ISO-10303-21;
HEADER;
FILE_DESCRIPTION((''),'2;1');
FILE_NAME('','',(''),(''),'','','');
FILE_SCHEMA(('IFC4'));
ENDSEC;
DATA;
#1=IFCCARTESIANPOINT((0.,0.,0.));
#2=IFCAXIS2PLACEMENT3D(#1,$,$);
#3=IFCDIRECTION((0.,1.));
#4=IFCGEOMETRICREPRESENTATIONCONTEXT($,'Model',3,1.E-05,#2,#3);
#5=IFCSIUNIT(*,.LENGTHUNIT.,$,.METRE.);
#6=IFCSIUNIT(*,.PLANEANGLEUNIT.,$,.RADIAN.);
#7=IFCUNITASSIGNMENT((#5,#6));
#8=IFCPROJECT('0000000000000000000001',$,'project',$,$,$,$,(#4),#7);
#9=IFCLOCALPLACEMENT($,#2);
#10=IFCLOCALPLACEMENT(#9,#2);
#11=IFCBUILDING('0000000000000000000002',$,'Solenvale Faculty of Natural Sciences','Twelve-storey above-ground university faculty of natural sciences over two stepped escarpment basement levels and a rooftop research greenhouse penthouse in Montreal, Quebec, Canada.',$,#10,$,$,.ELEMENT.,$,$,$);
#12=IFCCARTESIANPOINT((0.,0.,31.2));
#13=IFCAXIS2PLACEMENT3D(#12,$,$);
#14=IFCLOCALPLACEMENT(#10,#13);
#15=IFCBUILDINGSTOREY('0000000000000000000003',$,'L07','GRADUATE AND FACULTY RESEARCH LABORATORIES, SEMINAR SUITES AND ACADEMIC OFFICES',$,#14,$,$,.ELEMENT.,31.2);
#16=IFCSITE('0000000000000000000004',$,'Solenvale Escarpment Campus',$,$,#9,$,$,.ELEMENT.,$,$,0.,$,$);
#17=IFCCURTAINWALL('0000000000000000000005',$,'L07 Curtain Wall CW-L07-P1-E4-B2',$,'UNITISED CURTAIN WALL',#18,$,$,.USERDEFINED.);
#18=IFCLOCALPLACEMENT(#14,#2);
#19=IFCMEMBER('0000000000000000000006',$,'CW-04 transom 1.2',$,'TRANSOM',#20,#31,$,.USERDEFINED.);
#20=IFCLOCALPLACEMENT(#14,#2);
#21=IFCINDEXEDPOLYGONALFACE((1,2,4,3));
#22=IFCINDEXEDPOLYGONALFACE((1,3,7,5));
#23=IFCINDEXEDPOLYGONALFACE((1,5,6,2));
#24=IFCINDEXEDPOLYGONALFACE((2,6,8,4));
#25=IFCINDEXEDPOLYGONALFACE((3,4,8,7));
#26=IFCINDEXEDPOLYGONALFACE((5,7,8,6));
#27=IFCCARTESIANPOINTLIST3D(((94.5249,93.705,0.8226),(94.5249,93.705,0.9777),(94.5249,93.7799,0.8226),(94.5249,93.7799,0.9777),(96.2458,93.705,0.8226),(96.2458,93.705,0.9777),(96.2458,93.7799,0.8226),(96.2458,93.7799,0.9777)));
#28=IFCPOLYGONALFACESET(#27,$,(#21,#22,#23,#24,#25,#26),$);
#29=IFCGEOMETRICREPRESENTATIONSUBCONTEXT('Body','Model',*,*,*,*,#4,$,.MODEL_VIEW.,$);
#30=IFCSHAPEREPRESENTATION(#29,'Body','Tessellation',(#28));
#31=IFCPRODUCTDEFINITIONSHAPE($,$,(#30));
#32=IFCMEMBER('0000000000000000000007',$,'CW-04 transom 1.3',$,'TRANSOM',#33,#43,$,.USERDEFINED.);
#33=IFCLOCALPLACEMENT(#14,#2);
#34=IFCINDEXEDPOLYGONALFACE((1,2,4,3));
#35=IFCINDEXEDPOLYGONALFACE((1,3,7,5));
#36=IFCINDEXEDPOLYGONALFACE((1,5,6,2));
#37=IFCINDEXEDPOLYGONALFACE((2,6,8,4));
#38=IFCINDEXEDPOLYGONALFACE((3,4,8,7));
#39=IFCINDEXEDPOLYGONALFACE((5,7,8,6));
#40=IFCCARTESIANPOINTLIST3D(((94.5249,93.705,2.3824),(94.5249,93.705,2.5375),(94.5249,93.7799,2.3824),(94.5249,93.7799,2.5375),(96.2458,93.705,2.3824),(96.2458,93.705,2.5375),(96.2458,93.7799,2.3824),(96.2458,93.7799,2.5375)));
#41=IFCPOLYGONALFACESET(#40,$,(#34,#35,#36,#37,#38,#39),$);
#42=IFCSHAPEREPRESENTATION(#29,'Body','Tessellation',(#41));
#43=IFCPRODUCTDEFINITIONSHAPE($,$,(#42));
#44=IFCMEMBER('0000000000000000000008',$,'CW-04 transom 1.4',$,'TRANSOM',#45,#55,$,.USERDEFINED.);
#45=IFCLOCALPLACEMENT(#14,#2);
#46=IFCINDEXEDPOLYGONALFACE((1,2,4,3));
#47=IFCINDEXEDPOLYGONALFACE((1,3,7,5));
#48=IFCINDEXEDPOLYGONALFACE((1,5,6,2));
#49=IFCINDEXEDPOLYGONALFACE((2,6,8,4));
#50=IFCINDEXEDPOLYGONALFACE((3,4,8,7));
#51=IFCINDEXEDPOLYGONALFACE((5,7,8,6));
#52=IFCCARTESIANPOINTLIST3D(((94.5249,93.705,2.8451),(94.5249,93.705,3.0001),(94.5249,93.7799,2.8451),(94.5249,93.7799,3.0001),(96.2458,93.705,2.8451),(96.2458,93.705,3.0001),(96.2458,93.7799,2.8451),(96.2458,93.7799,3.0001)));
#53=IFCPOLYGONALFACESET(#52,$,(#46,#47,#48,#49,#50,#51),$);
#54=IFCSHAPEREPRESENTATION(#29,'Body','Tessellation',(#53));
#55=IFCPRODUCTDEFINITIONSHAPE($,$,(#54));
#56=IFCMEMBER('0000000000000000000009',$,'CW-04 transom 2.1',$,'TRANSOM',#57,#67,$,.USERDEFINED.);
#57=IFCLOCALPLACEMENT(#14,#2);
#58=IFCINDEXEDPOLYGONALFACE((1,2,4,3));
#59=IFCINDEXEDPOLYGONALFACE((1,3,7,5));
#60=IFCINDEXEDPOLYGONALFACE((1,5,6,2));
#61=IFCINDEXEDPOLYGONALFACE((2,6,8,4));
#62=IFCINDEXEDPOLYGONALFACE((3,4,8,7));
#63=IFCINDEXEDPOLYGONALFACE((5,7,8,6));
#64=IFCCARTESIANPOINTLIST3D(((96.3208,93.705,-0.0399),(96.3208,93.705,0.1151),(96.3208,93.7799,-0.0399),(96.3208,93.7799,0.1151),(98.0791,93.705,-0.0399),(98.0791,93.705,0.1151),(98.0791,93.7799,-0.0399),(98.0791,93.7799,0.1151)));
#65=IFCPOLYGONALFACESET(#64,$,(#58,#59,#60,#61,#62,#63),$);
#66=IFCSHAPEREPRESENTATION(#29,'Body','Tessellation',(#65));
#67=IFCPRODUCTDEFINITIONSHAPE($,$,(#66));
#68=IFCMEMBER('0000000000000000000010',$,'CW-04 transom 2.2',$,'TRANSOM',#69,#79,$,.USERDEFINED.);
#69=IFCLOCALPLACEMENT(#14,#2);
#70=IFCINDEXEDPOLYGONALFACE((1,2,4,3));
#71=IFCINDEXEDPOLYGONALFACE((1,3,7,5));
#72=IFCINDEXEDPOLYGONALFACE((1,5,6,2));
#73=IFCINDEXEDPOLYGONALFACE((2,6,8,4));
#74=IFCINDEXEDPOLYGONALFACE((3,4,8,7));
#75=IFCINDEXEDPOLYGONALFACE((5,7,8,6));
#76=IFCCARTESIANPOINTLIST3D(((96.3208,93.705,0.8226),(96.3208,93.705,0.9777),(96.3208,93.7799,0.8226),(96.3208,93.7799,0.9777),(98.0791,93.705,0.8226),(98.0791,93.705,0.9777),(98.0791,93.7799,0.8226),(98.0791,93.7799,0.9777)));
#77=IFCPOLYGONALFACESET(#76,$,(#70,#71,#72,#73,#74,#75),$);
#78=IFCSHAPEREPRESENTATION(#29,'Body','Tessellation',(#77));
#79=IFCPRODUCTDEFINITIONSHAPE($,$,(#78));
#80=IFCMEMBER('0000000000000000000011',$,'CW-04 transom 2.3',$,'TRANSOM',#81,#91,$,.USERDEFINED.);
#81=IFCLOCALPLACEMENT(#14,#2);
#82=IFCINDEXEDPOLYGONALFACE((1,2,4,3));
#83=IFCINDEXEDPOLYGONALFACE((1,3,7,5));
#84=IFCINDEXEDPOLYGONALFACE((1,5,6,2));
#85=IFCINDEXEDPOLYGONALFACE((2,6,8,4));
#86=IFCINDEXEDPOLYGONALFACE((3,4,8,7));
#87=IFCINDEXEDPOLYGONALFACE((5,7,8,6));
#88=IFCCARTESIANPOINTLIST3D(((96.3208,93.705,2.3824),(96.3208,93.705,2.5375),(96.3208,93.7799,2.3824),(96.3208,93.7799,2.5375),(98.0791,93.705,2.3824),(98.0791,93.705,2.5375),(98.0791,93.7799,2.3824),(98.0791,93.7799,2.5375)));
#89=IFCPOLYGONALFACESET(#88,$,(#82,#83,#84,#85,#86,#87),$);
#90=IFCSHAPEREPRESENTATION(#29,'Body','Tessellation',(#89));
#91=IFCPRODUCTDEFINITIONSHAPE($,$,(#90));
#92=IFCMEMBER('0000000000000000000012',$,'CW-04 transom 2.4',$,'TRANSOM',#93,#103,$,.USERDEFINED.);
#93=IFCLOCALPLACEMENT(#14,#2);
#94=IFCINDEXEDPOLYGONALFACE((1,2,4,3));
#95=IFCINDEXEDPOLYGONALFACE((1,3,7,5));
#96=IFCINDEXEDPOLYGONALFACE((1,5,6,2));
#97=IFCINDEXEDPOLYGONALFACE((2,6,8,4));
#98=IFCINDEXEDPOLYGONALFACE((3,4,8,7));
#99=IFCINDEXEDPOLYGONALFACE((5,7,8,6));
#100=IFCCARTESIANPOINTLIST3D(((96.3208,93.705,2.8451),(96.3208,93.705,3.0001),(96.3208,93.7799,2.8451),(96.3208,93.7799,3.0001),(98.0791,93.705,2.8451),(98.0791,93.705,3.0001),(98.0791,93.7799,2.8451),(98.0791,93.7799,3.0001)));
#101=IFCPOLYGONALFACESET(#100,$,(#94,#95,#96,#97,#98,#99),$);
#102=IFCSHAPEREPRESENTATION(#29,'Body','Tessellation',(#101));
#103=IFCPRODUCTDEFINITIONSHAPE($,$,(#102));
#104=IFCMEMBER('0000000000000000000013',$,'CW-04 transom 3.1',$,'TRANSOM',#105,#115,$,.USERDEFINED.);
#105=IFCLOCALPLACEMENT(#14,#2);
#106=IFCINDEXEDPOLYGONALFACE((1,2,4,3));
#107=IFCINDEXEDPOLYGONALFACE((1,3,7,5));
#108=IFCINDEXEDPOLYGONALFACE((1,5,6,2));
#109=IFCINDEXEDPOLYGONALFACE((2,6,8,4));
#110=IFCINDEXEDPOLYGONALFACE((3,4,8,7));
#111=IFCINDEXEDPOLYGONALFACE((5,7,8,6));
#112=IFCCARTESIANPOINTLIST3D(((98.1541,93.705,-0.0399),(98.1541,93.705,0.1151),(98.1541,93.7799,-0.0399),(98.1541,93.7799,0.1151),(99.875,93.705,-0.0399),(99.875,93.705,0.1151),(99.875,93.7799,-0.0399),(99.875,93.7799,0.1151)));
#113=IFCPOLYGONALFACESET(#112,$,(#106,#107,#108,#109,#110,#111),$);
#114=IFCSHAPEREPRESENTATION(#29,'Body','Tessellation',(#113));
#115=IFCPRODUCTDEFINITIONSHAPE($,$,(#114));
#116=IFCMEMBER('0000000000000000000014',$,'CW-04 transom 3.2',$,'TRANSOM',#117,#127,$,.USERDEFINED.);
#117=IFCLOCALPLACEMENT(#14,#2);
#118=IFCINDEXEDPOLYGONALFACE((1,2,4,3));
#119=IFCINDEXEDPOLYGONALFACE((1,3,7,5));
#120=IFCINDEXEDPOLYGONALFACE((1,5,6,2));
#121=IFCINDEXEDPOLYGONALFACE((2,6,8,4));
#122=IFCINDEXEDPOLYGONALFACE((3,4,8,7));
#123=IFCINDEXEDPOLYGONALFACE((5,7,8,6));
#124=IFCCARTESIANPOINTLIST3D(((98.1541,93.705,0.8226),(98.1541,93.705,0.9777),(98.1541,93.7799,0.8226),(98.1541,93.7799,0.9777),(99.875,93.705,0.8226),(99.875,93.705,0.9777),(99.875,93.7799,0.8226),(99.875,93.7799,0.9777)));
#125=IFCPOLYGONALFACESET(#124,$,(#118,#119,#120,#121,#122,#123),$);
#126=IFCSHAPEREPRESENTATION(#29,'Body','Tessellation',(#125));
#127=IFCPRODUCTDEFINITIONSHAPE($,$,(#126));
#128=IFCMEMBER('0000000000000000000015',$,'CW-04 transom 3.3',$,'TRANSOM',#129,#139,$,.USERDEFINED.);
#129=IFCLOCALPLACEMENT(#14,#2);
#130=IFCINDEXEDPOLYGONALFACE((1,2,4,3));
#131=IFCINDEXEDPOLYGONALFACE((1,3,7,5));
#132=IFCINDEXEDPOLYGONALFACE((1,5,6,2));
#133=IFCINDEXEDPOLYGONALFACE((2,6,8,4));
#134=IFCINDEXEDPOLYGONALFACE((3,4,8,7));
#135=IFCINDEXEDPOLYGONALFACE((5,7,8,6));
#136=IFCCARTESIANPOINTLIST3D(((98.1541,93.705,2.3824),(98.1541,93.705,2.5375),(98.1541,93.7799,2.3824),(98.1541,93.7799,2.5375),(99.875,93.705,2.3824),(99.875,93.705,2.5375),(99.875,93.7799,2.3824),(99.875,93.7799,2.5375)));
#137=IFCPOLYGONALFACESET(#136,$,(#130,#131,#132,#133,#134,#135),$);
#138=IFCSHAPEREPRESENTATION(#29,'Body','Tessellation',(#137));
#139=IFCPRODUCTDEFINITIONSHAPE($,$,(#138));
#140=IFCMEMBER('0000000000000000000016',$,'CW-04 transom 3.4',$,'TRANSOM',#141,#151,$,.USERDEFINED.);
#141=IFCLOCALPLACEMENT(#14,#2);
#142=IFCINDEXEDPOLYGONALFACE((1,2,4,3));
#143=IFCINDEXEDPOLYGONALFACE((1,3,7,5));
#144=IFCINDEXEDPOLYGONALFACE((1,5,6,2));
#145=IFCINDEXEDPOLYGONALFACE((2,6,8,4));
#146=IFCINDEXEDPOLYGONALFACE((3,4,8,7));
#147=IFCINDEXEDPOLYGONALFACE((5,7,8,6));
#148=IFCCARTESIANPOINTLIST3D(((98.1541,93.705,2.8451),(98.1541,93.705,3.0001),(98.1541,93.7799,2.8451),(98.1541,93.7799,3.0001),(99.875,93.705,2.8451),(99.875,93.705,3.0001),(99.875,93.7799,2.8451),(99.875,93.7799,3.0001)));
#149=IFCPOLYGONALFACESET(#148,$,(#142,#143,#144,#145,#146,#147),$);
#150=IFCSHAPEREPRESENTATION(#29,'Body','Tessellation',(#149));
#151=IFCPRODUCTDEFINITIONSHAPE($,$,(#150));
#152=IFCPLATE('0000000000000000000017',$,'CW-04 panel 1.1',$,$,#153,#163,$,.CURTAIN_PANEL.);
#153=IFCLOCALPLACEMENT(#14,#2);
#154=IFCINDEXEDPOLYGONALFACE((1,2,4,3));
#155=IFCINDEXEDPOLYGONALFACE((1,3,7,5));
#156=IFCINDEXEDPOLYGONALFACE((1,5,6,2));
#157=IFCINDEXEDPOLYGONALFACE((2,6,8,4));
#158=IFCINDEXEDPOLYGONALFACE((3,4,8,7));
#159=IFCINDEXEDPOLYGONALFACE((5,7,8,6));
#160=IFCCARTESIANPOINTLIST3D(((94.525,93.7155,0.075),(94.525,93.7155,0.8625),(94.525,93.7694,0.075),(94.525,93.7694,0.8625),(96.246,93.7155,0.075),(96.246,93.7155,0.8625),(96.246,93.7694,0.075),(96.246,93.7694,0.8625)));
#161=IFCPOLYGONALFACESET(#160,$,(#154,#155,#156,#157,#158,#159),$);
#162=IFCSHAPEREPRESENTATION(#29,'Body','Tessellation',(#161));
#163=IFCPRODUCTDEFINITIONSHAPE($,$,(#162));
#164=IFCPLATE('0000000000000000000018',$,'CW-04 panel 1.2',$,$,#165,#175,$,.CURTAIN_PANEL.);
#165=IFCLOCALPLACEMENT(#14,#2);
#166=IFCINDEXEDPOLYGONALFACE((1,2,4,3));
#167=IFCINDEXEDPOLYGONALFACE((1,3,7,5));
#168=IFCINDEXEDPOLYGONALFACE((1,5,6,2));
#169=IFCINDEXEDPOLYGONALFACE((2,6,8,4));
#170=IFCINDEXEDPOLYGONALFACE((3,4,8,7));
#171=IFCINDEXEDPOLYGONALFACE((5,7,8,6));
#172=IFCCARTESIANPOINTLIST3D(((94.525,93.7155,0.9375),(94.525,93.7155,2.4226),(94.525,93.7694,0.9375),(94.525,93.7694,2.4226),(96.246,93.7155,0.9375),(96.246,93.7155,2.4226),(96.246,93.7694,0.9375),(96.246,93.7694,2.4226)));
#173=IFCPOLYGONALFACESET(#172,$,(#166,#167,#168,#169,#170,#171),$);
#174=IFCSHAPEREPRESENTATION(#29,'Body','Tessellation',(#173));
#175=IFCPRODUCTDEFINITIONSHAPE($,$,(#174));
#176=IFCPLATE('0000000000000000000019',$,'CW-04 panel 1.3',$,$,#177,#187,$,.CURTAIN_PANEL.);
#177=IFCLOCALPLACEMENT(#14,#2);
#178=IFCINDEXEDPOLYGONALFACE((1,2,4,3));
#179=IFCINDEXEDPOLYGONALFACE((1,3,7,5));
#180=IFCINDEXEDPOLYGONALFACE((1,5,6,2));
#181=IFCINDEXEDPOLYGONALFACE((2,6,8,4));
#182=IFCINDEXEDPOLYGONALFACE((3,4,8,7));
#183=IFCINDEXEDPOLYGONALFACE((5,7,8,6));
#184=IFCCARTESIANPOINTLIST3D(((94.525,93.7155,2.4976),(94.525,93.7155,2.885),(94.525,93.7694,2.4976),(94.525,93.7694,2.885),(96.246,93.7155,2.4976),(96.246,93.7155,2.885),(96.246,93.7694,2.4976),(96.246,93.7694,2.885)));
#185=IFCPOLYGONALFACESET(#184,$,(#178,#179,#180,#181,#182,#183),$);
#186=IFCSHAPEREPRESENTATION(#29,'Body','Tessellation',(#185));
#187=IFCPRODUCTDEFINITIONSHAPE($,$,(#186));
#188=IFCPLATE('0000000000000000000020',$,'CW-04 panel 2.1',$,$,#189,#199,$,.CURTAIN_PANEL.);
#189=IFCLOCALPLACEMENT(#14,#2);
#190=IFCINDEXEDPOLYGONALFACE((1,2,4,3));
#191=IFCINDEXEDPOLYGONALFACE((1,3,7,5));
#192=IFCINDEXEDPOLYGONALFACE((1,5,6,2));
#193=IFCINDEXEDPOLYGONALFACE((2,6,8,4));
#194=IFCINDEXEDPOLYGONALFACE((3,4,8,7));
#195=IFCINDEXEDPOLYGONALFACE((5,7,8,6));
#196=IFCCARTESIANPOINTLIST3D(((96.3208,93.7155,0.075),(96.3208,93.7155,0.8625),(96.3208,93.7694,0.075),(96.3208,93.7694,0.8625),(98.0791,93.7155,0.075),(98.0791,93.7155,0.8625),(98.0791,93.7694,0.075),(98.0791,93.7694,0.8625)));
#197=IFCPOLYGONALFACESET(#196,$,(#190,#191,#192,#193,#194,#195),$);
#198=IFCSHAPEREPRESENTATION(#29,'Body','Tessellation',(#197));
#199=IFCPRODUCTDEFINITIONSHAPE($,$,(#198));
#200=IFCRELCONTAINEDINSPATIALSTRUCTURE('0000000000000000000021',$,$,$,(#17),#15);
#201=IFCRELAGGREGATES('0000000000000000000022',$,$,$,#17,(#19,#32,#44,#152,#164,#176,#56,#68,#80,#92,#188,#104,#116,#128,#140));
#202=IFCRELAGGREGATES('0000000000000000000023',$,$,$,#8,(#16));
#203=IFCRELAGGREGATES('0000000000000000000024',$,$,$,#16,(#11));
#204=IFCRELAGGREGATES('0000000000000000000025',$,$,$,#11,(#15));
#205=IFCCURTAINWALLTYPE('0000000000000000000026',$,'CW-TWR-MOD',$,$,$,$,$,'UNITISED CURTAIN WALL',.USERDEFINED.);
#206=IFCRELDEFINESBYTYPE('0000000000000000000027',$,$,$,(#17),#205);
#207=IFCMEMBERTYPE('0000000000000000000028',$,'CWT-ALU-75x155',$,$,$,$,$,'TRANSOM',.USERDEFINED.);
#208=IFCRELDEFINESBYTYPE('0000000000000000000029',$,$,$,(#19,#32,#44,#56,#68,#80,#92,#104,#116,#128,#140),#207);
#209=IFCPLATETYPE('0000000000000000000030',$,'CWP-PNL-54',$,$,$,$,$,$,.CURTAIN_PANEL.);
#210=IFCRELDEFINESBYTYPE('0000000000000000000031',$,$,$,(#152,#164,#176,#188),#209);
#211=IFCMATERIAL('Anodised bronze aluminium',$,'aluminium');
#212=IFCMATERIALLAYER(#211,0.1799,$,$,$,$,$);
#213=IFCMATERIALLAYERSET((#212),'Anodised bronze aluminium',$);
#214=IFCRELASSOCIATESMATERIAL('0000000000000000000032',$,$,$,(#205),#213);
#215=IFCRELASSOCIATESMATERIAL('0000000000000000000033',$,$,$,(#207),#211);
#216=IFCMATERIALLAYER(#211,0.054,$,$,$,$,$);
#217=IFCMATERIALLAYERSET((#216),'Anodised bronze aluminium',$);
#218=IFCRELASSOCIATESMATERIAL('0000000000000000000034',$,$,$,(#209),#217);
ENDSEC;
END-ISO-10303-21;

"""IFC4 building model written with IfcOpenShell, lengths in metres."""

from ifc_helpers import new_model, si_unit, direction, frame, origin, origin_2d, place, context, subcontext, project, spatial, rectangle, extrude, material, layer, layer_set, material_profile, profile_set, type_object, element, aggregate, save


model = new_model("IFC4")

# Units and contexts
model_context = context("Model", 3, precision=1e-05, world=origin(), true_north=direction((0.0, 1.0)))
body_context = subcontext(model_context, "Body", "Model", "MODEL_VIEW")
ifc_project = project(units=[si_unit("LENGTHUNIT", "METRE"), si_unit("PLANEANGLEUNIT", "RADIAN")], contexts=[model_context])

# Site, building, storey
site_placement = place(None, origin())
site = spatial("IfcSite", under=ifc_project, at=site_placement, Name="Solenvale Escarpment Campus", CompositionType="ELEMENT", RefElevation=0.0)
building_placement = place(site_placement, origin())
building = spatial("IfcBuilding", under=site, at=building_placement, Name="Solenvale Faculty of Natural Sciences", Description="Twelve-storey above-ground university faculty of natural sciences over two stepped escarpment basement levels and a rooftop research greenhouse penthouse in Montreal, Quebec, Canada.", CompositionType="ELEMENT")
storey_placement = place(building_placement, frame((0.0, 0.0, 31.2)))
storey = spatial("IfcBuildingStorey", under=building, at=storey_placement, Name="L07", Description="GRADUATE AND FACULTY RESEARCH LABORATORIES, SEMINAR SUITES AND ACADEMIC OFFICES", CompositionType="ELEMENT", Elevation=31.2)

# Curtain wall, members, plates
ifc_material_1 = material(Name="Anodised bronze aluminium", Category="aluminium")
ifc_layer_1 = layer(ifc_material_1, 0.1799)
ifc_layer_set_1 = layer_set([ifc_layer_1], Name="Anodised bronze aluminium")
curtain_wall_type = type_object("IfcCurtainWallType", Name="CW-TWR-MOD", ElementType="UNITISED CURTAIN WALL", PredefinedType="USERDEFINED", material=ifc_layer_set_1)
curtain_wall_placement = place(storey_placement, origin())
curtain_wall = element("IfcCurtainWall", 1, at=curtain_wall_placement, inside=storey, type_object=curtain_wall_type, Name="L07 Curtain Wall CW-L07-P1-E4-B2", ObjectType="UNITISED CURTAIN WALL", PredefinedType="USERDEFINED")
ifc_material_profile_1 = material_profile(ifc_material_1, rectangle(XDim=0.075, YDim=0.155, at=origin_2d()), Name="ALU-TRN-75x155")
ifc_profile_set_1 = profile_set([ifc_material_profile_1], Name="Anodised bronze aluminium")
member_type_1 = type_object("IfcMemberType", Name="CWT-ALU-75x155", ElementType="TRANSOM", PredefinedType="USERDEFINED", material=ifc_profile_set_1)
member_1_placement = place(storey_placement, frame((94.5249, 93.7424, 0.9001), z_axis=(1.0, 0.0, 0.0), x_axis=(0.0, 1.0, 0.0)))
member_1 = element("IfcMember", 2, at=member_1_placement, type_object=member_type_1, Name="CW-04 transom 1.2", ObjectType="TRANSOM", PredefinedType="USERDEFINED", context=body_context, shape_type="SweptSolid", body=[
    extrude(rectangle(XDim=0.075, YDim=0.155, at=origin_2d()), origin(), (0.0, 0.0, 1.0), 1.7209),
])
member_2_placement = place(storey_placement, frame((94.5249, 93.7424, 2.46), z_axis=(1.0, 0.0, 0.0), x_axis=(0.0, 1.0, 0.0)))
member_2 = element("IfcMember", 3, at=member_2_placement, type_object=member_type_1, Name="CW-04 transom 1.3", ObjectType="TRANSOM", PredefinedType="USERDEFINED", context=body_context, shape_type="SweptSolid", body=[
    extrude(rectangle(XDim=0.075, YDim=0.155, at=origin_2d()), origin(), (0.0, 0.0, 1.0), 1.7209),
])
member_3_placement = place(storey_placement, frame((94.5249, 93.7424, 2.9226), z_axis=(1.0, 0.0, 0.0), x_axis=(0.0, 1.0, 0.0)))
member_3 = element("IfcMember", 4, at=member_3_placement, type_object=member_type_1, Name="CW-04 transom 1.4", ObjectType="TRANSOM", PredefinedType="USERDEFINED", context=body_context, shape_type="SweptSolid", body=[
    extrude(rectangle(XDim=0.075, YDim=0.155, at=origin_2d()), origin(), (0.0, 0.0, 1.0), 1.7209),
])
member_4_placement = place(storey_placement, frame((96.3208, 93.7424, 0.0376), z_axis=(1.0, 0.0, 0.0), x_axis=(0.0, 1.0, 0.0)))
member_4 = element("IfcMember", 5, at=member_4_placement, type_object=member_type_1, Name="CW-04 transom 2.1", ObjectType="TRANSOM", PredefinedType="USERDEFINED", context=body_context, shape_type="SweptSolid", body=[
    extrude(rectangle(XDim=0.075, YDim=0.155, at=origin_2d()), origin(), (0.0, 0.0, 1.0), 1.7583),
])
member_5_placement = place(storey_placement, frame((96.3208, 93.7424, 0.9001), z_axis=(1.0, 0.0, 0.0), x_axis=(0.0, 1.0, 0.0)))
member_5 = element("IfcMember", 6, at=member_5_placement, type_object=member_type_1, Name="CW-04 transom 2.2", ObjectType="TRANSOM", PredefinedType="USERDEFINED", context=body_context, shape_type="SweptSolid", body=[
    extrude(rectangle(XDim=0.075, YDim=0.155, at=origin_2d()), origin(), (0.0, 0.0, 1.0), 1.7583),
])
member_6_placement = place(storey_placement, frame((96.3208, 93.7424, 2.46), z_axis=(1.0, 0.0, 0.0), x_axis=(0.0, 1.0, 0.0)))
member_6 = element("IfcMember", 7, at=member_6_placement, type_object=member_type_1, Name="CW-04 transom 2.3", ObjectType="TRANSOM", PredefinedType="USERDEFINED", context=body_context, shape_type="SweptSolid", body=[
    extrude(rectangle(XDim=0.075, YDim=0.155, at=origin_2d()), origin(), (0.0, 0.0, 1.0), 1.7583),
])
member_7_placement = place(storey_placement, frame((96.3208, 93.7424, 2.9226), z_axis=(1.0, 0.0, 0.0), x_axis=(0.0, 1.0, 0.0)))
member_7 = element("IfcMember", 8, at=member_7_placement, type_object=member_type_1, Name="CW-04 transom 2.4", ObjectType="TRANSOM", PredefinedType="USERDEFINED", context=body_context, shape_type="SweptSolid", body=[
    extrude(rectangle(XDim=0.075, YDim=0.155, at=origin_2d()), origin(), (0.0, 0.0, 1.0), 1.7583),
])
member_8_placement = place(storey_placement, frame((98.1541, 93.7424, 0.0376), z_axis=(1.0, 0.0, 0.0), x_axis=(0.0, 1.0, 0.0)))
member_8 = element("IfcMember", 9, at=member_8_placement, type_object=member_type_1, Name="CW-04 transom 3.1", ObjectType="TRANSOM", PredefinedType="USERDEFINED", context=body_context, shape_type="SweptSolid", body=[
    extrude(rectangle(XDim=0.075, YDim=0.155, at=origin_2d()), origin(), (0.0, 0.0, 1.0), 1.7209),
])
member_9_placement = place(storey_placement, frame((98.1541, 93.7424, 0.9001), z_axis=(1.0, 0.0, 0.0), x_axis=(0.0, 1.0, 0.0)))
member_9 = element("IfcMember", 10, at=member_9_placement, type_object=member_type_1, Name="CW-04 transom 3.2", ObjectType="TRANSOM", PredefinedType="USERDEFINED", context=body_context, shape_type="SweptSolid", body=[
    extrude(rectangle(XDim=0.075, YDim=0.155, at=origin_2d()), origin(), (0.0, 0.0, 1.0), 1.7209),
])
member_10_placement = place(storey_placement, frame((98.1541, 93.7424, 2.46), z_axis=(1.0, 0.0, 0.0), x_axis=(0.0, 1.0, 0.0)))
member_10 = element("IfcMember", 11, at=member_10_placement, type_object=member_type_1, Name="CW-04 transom 3.3", ObjectType="TRANSOM", PredefinedType="USERDEFINED", context=body_context, shape_type="SweptSolid", body=[
    extrude(rectangle(XDim=0.075, YDim=0.155, at=origin_2d()), origin(), (0.0, 0.0, 1.0), 1.7209),
])
member_11_placement = place(storey_placement, frame((98.1541, 93.7424, 2.9226), z_axis=(1.0, 0.0, 0.0), x_axis=(0.0, 1.0, 0.0)))
member_11 = element("IfcMember", 12, at=member_11_placement, type_object=member_type_1, Name="CW-04 transom 3.4", ObjectType="TRANSOM", PredefinedType="USERDEFINED", context=body_context, shape_type="SweptSolid", body=[
    extrude(rectangle(XDim=0.075, YDim=0.155, at=origin_2d()), origin(), (0.0, 0.0, 1.0), 1.7209),
])
ifc_layer_2 = layer(ifc_material_1, 0.054)
ifc_layer_set_2 = layer_set([ifc_layer_2], Name="Anodised bronze aluminium")
plate_type = type_object("IfcPlateType", Name="CWP-PNL-54", PredefinedType="CURTAIN_PANEL", material=ifc_layer_set_2)
plate_1_placement = place(storey_placement, frame((95.3855, 93.7424, 0.075), z_axis=(0.0, 0.0, 1.0), x_axis=(1.0, 0.0, 0.0)))
plate_1 = element("IfcPlate", 13, at=plate_1_placement, type_object=plate_type, Name="CW-04 panel 1.1", PredefinedType="CURTAIN_PANEL", context=body_context, shape_type="SweptSolid", body=[
    extrude(rectangle(XDim=1.7209, YDim=0.054, at=origin_2d()), origin(), (0.0, 0.0, 1.0), 0.7876),
])
plate_2_placement = place(storey_placement, frame((95.3855, 93.7424, 0.9375), z_axis=(0.0, 0.0, 1.0), x_axis=(1.0, 0.0, 0.0)))
plate_2 = element("IfcPlate", 14, at=plate_2_placement, type_object=plate_type, Name="CW-04 panel 1.2", PredefinedType="CURTAIN_PANEL", context=body_context, shape_type="SweptSolid", body=[
    extrude(rectangle(XDim=1.7209, YDim=0.054, at=origin_2d()), origin(), (0.0, 0.0, 1.0), 1.4851),
])
plate_3_placement = place(storey_placement, frame((95.3855, 93.7424, 2.4976), z_axis=(0.0, 0.0, 1.0), x_axis=(1.0, 0.0, 0.0)))
plate_3 = element("IfcPlate", 15, at=plate_3_placement, type_object=plate_type, Name="CW-04 panel 1.3", PredefinedType="CURTAIN_PANEL", context=body_context, shape_type="SweptSolid", body=[
    extrude(rectangle(XDim=1.7209, YDim=0.054, at=origin_2d()), origin(), (0.0, 0.0, 1.0), 0.3875),
])
plate_4_placement = place(storey_placement, frame((97.2, 93.7424, 0.075), z_axis=(0.0, 0.0, 1.0), x_axis=(1.0, 0.0, 0.0)))
plate_4 = element("IfcPlate", 16, at=plate_4_placement, type_object=plate_type, Name="CW-04 panel 2.1", PredefinedType="CURTAIN_PANEL", context=body_context, shape_type="SweptSolid", body=[
    extrude(rectangle(XDim=1.7583, YDim=0.054, at=origin_2d()), origin(), (0.0, 0.0, 1.0), 0.7876),
])
aggregate(curtain_wall, [member_1, member_2, member_3, plate_1, plate_2, plate_3, member_4, member_5, member_6, member_7, plate_4, member_8, member_9, member_10, member_11])

save(model, "model.ifc")
